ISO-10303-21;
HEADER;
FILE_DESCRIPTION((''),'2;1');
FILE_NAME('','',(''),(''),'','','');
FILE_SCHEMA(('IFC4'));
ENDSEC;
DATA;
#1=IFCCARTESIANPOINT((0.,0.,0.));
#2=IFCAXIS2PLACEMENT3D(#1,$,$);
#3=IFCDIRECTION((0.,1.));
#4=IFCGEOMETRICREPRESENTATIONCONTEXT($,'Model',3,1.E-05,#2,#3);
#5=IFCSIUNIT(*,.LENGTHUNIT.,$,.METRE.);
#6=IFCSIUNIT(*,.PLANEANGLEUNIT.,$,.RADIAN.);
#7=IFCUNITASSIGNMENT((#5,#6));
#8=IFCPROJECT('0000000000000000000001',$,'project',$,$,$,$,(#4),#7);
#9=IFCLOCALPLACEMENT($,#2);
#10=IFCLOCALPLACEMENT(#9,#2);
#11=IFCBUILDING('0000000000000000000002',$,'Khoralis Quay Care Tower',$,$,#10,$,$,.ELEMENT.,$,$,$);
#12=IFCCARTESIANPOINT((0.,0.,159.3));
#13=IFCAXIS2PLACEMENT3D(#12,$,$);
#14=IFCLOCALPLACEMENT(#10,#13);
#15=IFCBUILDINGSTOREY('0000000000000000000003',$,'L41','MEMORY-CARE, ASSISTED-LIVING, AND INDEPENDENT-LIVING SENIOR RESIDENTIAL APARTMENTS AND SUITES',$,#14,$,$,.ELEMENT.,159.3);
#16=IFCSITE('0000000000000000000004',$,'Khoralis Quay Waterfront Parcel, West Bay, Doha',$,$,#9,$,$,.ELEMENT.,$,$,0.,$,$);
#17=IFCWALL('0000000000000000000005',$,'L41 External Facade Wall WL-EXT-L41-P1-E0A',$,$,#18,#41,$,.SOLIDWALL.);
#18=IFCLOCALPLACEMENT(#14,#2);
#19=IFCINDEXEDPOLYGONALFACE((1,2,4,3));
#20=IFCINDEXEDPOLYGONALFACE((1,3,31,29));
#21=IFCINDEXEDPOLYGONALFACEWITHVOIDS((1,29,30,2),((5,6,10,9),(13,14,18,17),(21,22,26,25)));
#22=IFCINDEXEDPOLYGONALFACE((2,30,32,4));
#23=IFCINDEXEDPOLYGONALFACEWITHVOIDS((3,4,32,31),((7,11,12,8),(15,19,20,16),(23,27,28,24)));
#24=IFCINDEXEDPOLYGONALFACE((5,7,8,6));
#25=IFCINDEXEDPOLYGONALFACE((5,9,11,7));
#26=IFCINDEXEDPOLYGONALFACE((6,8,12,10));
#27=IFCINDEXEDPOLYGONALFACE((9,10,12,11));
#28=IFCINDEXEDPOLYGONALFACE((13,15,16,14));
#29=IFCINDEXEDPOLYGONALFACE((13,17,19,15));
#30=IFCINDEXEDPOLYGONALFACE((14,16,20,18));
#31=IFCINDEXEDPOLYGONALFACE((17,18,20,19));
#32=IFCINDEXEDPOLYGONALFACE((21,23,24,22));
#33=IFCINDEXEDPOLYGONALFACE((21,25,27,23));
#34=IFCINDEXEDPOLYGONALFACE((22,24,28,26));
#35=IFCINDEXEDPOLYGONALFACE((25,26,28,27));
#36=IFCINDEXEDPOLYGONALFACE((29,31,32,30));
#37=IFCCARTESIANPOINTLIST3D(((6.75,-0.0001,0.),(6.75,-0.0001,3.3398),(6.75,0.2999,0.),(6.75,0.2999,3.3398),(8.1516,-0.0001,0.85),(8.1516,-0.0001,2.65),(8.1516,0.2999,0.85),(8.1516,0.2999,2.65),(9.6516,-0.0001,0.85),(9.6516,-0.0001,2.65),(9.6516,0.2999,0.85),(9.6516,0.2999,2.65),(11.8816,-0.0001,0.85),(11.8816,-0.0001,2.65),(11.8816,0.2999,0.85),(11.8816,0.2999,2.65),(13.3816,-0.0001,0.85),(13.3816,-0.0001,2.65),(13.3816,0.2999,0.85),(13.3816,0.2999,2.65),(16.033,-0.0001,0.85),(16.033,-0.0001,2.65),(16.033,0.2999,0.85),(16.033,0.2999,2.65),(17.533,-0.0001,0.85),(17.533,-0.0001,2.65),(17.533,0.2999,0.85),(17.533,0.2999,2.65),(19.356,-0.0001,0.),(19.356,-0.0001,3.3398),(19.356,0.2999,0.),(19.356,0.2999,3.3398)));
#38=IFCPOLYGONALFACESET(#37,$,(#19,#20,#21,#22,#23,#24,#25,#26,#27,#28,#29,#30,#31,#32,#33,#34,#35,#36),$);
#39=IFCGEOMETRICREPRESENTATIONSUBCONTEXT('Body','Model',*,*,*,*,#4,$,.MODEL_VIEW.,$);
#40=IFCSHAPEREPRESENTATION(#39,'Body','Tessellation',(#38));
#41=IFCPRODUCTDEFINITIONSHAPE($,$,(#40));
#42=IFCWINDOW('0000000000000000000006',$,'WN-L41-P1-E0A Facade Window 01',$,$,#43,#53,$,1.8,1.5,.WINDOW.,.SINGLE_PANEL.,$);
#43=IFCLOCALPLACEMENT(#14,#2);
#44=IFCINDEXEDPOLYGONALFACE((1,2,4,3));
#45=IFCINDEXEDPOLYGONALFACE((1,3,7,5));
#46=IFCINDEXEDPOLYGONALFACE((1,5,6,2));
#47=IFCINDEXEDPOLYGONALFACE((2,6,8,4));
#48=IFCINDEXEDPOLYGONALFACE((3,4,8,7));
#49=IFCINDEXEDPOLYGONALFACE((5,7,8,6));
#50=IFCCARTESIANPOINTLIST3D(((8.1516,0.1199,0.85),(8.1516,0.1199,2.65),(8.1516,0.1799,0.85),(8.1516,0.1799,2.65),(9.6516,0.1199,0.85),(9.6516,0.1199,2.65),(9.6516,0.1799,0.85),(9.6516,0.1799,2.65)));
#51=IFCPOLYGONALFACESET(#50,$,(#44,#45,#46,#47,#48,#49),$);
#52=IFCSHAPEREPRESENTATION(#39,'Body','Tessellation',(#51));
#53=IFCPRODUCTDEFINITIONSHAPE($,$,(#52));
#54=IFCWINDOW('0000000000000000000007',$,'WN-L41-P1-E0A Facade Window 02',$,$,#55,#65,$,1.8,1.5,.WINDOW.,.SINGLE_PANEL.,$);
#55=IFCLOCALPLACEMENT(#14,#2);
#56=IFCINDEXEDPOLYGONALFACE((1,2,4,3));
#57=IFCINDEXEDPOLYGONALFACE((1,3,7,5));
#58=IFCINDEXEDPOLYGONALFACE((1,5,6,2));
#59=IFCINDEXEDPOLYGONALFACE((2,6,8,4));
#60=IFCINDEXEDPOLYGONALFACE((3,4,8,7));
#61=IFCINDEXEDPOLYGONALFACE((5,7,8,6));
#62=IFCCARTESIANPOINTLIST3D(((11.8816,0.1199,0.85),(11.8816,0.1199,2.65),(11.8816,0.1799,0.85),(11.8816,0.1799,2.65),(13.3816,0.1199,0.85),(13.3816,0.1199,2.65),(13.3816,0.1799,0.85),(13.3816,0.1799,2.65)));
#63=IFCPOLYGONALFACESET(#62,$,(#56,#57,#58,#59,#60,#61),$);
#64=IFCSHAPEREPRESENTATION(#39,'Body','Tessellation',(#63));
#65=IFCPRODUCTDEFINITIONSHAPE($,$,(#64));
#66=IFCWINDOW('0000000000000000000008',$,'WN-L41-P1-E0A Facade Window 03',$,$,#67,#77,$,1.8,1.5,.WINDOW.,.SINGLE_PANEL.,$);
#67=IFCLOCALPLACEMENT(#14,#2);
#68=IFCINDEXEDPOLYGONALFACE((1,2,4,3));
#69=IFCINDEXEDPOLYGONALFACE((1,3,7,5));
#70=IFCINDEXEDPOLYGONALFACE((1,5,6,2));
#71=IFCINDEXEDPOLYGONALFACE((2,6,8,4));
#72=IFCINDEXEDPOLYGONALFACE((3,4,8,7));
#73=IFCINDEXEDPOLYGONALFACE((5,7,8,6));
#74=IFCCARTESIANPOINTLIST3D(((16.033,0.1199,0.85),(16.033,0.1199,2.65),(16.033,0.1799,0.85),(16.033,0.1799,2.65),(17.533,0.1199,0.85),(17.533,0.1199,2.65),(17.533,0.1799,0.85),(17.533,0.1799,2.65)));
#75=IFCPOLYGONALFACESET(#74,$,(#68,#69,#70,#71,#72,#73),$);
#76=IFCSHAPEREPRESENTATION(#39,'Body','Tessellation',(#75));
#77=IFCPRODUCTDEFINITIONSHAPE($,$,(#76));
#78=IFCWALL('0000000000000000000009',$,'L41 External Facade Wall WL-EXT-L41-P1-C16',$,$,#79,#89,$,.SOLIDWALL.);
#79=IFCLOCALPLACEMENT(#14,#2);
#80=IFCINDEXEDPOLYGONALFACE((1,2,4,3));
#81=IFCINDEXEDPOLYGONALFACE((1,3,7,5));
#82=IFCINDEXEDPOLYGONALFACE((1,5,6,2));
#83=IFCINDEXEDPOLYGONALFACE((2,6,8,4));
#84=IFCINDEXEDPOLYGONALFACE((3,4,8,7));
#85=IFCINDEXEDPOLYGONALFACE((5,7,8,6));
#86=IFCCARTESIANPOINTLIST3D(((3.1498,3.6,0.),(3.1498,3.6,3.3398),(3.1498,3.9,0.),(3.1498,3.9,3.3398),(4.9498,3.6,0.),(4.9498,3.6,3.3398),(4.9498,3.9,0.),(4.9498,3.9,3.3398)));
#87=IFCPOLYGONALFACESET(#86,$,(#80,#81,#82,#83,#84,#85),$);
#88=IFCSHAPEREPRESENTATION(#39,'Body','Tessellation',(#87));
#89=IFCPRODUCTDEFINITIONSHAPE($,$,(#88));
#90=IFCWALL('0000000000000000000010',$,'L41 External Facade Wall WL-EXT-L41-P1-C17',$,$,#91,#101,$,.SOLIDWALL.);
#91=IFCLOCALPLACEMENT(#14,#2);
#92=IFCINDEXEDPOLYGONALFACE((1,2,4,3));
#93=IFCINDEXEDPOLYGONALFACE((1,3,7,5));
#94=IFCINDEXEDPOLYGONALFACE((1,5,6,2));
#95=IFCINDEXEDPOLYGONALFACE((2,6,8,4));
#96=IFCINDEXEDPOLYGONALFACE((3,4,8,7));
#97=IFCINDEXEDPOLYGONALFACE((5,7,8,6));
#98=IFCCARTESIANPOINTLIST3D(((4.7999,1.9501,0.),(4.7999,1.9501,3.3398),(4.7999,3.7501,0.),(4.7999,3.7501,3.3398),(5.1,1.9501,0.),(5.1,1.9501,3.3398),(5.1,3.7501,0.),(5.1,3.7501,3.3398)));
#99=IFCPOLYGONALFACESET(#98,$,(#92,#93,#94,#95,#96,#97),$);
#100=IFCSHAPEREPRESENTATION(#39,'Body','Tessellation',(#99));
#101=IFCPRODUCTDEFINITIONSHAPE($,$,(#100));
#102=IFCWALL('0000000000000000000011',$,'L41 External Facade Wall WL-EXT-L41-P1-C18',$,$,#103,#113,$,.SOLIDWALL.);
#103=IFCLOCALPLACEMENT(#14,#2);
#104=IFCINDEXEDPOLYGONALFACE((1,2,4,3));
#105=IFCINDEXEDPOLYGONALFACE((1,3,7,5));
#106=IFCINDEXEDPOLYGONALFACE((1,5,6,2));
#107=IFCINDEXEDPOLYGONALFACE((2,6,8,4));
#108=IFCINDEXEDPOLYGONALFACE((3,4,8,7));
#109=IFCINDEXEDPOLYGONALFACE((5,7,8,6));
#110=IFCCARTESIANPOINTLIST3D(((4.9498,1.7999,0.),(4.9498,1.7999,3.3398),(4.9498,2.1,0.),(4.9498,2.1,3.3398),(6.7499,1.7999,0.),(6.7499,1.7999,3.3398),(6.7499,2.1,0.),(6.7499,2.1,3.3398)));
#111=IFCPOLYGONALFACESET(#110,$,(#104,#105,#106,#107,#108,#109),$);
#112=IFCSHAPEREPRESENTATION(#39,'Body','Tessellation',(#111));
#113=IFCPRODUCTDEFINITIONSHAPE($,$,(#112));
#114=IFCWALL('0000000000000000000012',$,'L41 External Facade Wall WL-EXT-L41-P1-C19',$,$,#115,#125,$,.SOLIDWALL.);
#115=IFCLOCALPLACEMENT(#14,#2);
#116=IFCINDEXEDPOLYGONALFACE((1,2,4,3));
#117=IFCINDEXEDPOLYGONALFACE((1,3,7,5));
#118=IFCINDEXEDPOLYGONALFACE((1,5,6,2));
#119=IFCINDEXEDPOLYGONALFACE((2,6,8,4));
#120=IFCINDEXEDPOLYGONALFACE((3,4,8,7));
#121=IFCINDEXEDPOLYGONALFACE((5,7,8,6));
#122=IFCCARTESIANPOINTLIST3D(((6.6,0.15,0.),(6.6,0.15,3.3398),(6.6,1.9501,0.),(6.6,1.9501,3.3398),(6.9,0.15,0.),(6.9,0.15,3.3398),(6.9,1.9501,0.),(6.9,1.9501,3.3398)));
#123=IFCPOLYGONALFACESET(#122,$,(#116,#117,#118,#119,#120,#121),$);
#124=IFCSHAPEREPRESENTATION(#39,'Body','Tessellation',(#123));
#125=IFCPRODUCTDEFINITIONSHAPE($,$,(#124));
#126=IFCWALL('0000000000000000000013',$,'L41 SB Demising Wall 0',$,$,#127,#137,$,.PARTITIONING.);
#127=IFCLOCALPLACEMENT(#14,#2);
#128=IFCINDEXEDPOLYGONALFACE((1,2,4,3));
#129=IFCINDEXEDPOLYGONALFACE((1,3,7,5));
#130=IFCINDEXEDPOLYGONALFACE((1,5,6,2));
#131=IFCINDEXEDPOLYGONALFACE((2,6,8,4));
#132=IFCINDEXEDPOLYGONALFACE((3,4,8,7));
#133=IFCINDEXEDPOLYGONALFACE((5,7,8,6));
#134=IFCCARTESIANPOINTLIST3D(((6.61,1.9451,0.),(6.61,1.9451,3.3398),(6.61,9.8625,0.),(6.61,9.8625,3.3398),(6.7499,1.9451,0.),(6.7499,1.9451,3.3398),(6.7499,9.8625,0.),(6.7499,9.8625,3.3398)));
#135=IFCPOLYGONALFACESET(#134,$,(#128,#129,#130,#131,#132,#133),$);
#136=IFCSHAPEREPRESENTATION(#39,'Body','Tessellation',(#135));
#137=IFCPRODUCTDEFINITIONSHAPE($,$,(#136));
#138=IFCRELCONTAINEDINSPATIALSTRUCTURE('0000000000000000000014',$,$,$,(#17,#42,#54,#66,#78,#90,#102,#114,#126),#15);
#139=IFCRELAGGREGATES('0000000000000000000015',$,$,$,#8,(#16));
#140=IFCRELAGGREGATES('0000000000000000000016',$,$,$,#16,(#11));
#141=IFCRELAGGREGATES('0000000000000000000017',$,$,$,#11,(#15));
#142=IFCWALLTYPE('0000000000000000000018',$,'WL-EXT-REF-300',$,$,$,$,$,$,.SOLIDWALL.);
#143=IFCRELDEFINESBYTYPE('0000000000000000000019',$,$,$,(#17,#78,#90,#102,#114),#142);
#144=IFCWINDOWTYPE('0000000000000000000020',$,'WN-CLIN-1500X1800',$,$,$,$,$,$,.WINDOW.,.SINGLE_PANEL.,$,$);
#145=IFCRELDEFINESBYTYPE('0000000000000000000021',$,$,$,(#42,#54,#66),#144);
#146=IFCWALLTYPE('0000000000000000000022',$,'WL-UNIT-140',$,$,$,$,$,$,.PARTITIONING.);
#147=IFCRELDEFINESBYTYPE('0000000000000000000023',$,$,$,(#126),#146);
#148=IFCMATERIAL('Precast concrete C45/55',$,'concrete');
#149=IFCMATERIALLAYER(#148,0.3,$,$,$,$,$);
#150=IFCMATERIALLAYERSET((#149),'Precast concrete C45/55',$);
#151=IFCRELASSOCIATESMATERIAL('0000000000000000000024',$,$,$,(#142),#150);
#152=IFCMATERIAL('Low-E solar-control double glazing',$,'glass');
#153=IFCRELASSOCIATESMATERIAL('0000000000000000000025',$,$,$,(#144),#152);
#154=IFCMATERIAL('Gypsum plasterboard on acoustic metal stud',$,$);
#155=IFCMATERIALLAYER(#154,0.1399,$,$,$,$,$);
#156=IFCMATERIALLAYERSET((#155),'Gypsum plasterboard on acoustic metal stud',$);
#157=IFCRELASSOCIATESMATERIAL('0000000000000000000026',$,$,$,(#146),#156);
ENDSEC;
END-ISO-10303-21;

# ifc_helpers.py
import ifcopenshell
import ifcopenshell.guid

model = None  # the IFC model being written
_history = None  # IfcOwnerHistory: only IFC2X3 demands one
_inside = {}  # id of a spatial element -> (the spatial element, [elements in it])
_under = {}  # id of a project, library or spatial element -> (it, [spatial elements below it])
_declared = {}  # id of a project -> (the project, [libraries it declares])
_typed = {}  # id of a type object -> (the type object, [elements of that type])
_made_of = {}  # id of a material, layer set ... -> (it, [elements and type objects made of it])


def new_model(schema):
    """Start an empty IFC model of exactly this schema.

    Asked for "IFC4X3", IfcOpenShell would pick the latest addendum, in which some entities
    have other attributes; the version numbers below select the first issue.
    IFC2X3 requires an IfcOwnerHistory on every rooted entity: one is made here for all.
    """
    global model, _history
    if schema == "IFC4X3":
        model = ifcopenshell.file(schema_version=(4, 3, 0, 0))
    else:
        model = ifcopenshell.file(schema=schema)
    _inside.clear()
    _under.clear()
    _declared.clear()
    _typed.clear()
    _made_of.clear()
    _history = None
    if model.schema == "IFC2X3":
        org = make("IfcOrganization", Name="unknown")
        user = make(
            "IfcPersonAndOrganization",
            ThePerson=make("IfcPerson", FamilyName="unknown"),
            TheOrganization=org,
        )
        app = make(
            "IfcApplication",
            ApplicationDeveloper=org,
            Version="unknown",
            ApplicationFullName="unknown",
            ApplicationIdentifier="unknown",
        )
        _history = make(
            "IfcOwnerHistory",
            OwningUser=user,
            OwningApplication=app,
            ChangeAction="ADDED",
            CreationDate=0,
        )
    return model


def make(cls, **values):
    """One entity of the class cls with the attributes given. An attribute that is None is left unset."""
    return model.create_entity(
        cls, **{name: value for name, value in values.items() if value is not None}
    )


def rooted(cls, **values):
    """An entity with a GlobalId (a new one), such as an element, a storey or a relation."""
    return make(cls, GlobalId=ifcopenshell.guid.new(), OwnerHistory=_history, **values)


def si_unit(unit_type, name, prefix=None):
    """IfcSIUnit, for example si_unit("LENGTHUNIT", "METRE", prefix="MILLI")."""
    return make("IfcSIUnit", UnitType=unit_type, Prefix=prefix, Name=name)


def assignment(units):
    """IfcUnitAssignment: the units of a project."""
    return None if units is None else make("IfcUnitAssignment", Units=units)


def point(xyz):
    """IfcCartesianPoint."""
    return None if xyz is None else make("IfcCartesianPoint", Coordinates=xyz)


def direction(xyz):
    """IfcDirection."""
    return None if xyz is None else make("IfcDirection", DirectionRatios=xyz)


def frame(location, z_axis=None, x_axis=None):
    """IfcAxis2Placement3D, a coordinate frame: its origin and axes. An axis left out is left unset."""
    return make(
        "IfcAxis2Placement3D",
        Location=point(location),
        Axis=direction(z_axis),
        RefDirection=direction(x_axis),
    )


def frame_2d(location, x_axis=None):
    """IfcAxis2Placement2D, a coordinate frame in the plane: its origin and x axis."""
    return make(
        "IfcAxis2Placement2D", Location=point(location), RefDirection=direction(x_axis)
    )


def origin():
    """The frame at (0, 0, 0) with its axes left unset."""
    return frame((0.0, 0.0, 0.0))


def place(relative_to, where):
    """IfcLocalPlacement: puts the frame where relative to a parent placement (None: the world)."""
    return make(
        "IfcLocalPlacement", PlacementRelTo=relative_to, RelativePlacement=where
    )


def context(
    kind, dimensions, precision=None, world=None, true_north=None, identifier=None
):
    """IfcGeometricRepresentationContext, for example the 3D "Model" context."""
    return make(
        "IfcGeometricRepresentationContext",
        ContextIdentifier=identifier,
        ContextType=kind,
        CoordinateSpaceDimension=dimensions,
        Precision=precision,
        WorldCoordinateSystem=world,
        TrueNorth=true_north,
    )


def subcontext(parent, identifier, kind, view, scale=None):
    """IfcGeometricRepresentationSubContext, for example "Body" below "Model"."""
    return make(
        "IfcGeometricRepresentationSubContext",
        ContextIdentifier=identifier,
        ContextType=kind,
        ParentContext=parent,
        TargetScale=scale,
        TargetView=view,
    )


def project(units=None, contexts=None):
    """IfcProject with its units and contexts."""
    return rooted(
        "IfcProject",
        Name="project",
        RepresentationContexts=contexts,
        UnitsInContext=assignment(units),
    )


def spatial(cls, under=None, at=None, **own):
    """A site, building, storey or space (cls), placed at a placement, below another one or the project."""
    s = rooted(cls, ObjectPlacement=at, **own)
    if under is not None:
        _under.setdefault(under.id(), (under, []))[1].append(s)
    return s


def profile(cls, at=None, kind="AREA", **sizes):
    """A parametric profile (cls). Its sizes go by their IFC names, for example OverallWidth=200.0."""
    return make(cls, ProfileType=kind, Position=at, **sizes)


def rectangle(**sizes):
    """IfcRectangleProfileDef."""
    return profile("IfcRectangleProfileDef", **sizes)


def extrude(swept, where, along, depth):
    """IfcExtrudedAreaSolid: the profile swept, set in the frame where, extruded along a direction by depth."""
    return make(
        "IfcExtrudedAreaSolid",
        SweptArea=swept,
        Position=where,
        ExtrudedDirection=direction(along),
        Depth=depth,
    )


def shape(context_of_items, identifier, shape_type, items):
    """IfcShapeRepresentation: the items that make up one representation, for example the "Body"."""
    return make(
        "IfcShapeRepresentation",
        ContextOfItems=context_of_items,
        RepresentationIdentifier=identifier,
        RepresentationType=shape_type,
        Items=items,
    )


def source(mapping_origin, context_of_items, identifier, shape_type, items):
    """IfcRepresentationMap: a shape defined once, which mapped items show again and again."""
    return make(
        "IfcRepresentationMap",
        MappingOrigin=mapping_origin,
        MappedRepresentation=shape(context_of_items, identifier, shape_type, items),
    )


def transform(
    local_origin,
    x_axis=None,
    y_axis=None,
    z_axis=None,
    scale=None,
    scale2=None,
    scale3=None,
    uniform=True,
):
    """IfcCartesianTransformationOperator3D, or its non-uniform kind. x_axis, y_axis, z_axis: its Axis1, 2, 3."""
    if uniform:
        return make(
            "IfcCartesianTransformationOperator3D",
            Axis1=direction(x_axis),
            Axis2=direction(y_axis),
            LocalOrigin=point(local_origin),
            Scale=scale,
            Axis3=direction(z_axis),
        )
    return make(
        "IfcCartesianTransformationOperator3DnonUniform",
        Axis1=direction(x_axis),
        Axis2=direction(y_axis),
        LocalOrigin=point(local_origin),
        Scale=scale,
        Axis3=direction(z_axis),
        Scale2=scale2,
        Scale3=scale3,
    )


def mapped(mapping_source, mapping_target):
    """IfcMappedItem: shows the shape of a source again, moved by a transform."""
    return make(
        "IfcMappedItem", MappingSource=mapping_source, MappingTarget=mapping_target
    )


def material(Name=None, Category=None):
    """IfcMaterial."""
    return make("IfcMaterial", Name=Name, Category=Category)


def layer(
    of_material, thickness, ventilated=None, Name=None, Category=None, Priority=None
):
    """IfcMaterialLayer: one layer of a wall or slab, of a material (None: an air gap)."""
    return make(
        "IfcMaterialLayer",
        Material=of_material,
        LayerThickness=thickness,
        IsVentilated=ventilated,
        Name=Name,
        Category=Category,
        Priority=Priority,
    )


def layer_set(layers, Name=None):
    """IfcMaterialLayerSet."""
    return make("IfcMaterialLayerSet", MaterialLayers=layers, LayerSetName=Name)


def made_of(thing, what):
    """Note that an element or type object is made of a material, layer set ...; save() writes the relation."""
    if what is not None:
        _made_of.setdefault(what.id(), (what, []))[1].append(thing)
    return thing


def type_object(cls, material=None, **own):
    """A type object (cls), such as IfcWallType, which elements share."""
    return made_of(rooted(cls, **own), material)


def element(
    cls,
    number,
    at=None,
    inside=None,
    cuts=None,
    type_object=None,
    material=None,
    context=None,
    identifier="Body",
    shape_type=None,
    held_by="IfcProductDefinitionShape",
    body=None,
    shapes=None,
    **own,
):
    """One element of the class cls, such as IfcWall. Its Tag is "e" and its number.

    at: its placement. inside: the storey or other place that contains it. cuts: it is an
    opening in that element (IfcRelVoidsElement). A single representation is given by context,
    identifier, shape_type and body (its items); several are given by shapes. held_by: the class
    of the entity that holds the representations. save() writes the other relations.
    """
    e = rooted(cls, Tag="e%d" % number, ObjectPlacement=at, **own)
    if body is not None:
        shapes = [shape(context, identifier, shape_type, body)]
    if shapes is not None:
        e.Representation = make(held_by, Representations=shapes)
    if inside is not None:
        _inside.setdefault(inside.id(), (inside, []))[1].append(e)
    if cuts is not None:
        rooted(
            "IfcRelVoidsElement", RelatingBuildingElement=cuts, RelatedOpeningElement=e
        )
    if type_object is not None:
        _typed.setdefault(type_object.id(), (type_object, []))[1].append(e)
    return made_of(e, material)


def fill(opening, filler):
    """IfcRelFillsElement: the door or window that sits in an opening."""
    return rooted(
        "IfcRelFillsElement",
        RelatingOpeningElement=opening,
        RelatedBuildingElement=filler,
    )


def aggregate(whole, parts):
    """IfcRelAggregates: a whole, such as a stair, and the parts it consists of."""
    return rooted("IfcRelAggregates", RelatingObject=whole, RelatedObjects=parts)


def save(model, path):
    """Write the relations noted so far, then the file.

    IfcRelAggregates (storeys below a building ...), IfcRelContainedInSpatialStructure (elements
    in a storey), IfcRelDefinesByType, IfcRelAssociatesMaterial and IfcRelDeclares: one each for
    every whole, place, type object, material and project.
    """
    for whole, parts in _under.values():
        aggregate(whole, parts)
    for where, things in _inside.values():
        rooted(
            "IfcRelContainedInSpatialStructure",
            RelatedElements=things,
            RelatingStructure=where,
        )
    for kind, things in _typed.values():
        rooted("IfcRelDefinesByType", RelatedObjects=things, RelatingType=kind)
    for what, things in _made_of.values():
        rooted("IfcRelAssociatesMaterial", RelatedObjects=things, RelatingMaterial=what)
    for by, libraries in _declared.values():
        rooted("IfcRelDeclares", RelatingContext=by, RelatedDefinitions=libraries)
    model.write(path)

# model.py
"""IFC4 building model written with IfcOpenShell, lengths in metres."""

from ifc_helpers import new_model, si_unit, direction, frame, frame_2d, origin, place, context, subcontext, project, spatial, rectangle, extrude, source, transform, mapped, material, layer, layer_set, type_object, element, fill, save


model = new_model("IFC4")

# Units and contexts
model_context = context("Model", 3, precision=1e-05, world=origin(), true_north=direction((0.0, 1.0)))
body_context = subcontext(model_context, "Body", "Model", "MODEL_VIEW")
ifc_project = project(units=[si_unit("LENGTHUNIT", "METRE"), si_unit("PLANEANGLEUNIT", "RADIAN")], contexts=[model_context])

# Site, building, storey
site_placement = place(None, origin())
site = spatial("IfcSite", under=ifc_project, at=site_placement, Name="Khoralis Quay Waterfront Parcel, West Bay, Doha", CompositionType="ELEMENT", RefElevation=0.0)
building_placement = place(site_placement, origin())
building = spatial("IfcBuilding", under=site, at=building_placement, Name="Khoralis Quay Care Tower", CompositionType="ELEMENT")
storey_placement = place(building_placement, frame((0.0, 0.0, 159.3)))
storey = spatial("IfcBuildingStorey", under=building, at=storey_placement, Name="L41", Description="MEMORY-CARE, ASSISTED-LIVING, AND INDEPENDENT-LIVING SENIOR RESIDENTIAL APARTMENTS AND SUITES", CompositionType="ELEMENT", Elevation=159.3)

# Shared definitions
ifc_material_1 = material(Name="Precast concrete C45/55", Category="concrete")

# Wall, openings, windows
ifc_layer_1 = layer(ifc_material_1, 0.3)
ifc_layer_set_1 = layer_set([ifc_layer_1], Name="Precast concrete C45/55")
wall_type_1 = type_object("IfcWallType", Name="WL-EXT-REF-300", PredefinedType="SOLIDWALL", material=ifc_layer_set_1)
wall_1_placement = place(storey_placement, frame((6.75, 0.1499, 0.0), z_axis=(0.0, 0.0, 1.0), x_axis=(1.0, 0.0, 0.0)))
wall_1 = element("IfcWall", 1, at=wall_1_placement, inside=storey, type_object=wall_type_1, Name="L41 External Facade Wall WL-EXT-L41-P1-E0A", PredefinedType="SOLIDWALL", context=body_context, shape_type="SweptSolid", body=[
    extrude(rectangle(XDim=12.606, YDim=0.3, at=frame_2d((6.303, 0.0))), origin(), (0.0, 0.0, 1.0), 3.3398),
])
opening_1_placement = place(wall_1_placement, frame((1.4016, 0.0, 0.8501)))
opening_1 = element("IfcOpeningElement", 2, at=opening_1_placement, cuts=wall_1, PredefinedType="OPENING", context=body_context, shape_type="SweptSolid", body=[
    extrude(rectangle(XDim=1.5, YDim=1.8, at=frame_2d((0.75, 0.8999))), frame((0.0, 0.1602, 0.0), z_axis=(0.0, -1.0, 0.0), x_axis=(1.0, 0.0, 0.0)), (0.0, 0.0, 1.0), 0.3201),
])
opening_2_placement = place(wall_1_placement, frame((5.1316, 0.0, 0.8501)))
opening_2 = element("IfcOpeningElement", 3, at=opening_2_placement, cuts=wall_1, PredefinedType="OPENING", context=body_context, shape_type="SweptSolid", body=[
    extrude(rectangle(XDim=1.5, YDim=1.8, at=frame_2d((0.75, 0.8999))), frame((0.0, 0.1602, 0.0), z_axis=(0.0, -1.0, 0.0), x_axis=(1.0, 0.0, 0.0)), (0.0, 0.0, 1.0), 0.3201),
])
opening_3_placement = place(wall_1_placement, frame((9.283, 0.0, 0.8501)))
opening_3 = element("IfcOpeningElement", 4, at=opening_3_placement, cuts=wall_1, PredefinedType="OPENING", context=body_context, shape_type="SweptSolid", body=[
    extrude(rectangle(XDim=1.5, YDim=1.8, at=frame_2d((0.75, 0.8999))), frame((0.0, 0.1602, 0.0), z_axis=(0.0, -1.0, 0.0), x_axis=(1.0, 0.0, 0.0)), (0.0, 0.0, 1.0), 0.3201),
])
ifc_material_2 = material(Name="Low-E solar-control double glazing", Category="glass")
window_type = type_object("IfcWindowType", Name="WN-CLIN-1500X1800", PartitioningType="SINGLE_PANEL", PredefinedType="WINDOW", material=ifc_material_2)
shared_shape_1 = source(origin(), body_context, "Body", "SweptSolid", [
    extrude(rectangle(XDim=1.5, YDim=1.8, at=frame_2d((0.75, 0.8999))), frame((0.0, 0.03, 0.0), z_axis=(0.0, -1.0, 0.0), x_axis=(1.0, 0.0, 0.0)), (0.0, 0.0, 1.0), 0.0601),
])
window_1_placement = place(opening_1_placement, origin())
window_1 = element("IfcWindow", 5, at=window_1_placement, inside=storey, type_object=window_type, Name="WN-L41-P1-E0A Facade Window 01", OverallHeight=1.8, OverallWidth=1.5, PartitioningType="SINGLE_PANEL", PredefinedType="WINDOW", context=body_context, shape_type="MappedRepresentation", body=[
    mapped(shared_shape_1, transform((0.0, 0.0, 0.0), scale=1.0)),
])
fill(opening_1, window_1)
window_2_placement = place(opening_2_placement, origin())
window_2 = element("IfcWindow", 6, at=window_2_placement, inside=storey, type_object=window_type, Name="WN-L41-P1-E0A Facade Window 02", OverallHeight=1.8, OverallWidth=1.5, PartitioningType="SINGLE_PANEL", PredefinedType="WINDOW", context=body_context, shape_type="MappedRepresentation", body=[
    mapped(shared_shape_1, transform((0.0, 0.0, 0.0), scale=1.0)),
])
fill(opening_2, window_2)
window_3_placement = place(opening_3_placement, origin())
window_3 = element("IfcWindow", 7, at=window_3_placement, inside=storey, type_object=window_type, Name="WN-L41-P1-E0A Facade Window 03", OverallHeight=1.8, OverallWidth=1.5, PartitioningType="SINGLE_PANEL", PredefinedType="WINDOW", context=body_context, shape_type="MappedRepresentation", body=[
    mapped(shared_shape_1, transform((0.0, 0.0, 0.0), scale=1.0)),
])
fill(opening_3, window_3)

# Walls
for number, where, z_axis, x_axis, name in (
    (8, (3.1499, 3.75, 0.0), (0.0, 0.0, 1.0), (1.0, 0.0, 0.0), "L41 External Facade Wall WL-EXT-L41-P1-C16"),
    (9, (4.95, 3.75, 0.0), (0.0, 0.0, 1.0), (0.0, -1.0, 0.0), "L41 External Facade Wall WL-EXT-L41-P1-C17"),
    (10, (4.95, 1.95, 0.0), (0.0, 0.0, 1.0), (1.0, 0.0, 0.0), "L41 External Facade Wall WL-EXT-L41-P1-C18"),
    (11, (6.75, 1.95, 0.0), (0.0, 0.0, 1.0), (0.0, -1.0, 0.0), "L41 External Facade Wall WL-EXT-L41-P1-C19"),
):
    element("IfcWall", number, at=place(storey_placement, frame(where, z_axis=z_axis, x_axis=x_axis)), inside=storey, type_object=wall_type_1, Name=name, PredefinedType="SOLIDWALL", context=body_context, shape_type="SweptSolid", body=[
        extrude(rectangle(XDim=1.8, YDim=0.3, at=frame_2d((0.8999, 0.0))), origin(), (0.0, 0.0, 1.0), 3.3398),
    ])
ifc_material_3 = material(Name="Gypsum plasterboard on acoustic metal stud")
ifc_layer_2 = layer(ifc_material_3, 0.1399)
ifc_layer_set_2 = layer_set([ifc_layer_2], Name="Gypsum plasterboard on acoustic metal stud")
wall_type_2 = type_object("IfcWallType", Name="WL-UNIT-140", PredefinedType="PARTITIONING", material=ifc_layer_set_2)
wall_2_placement = place(storey_placement, frame((6.6799, 1.9451, 0.0), z_axis=(0.0, 0.0, 1.0), x_axis=(0.0, 1.0, 0.0)))
element("IfcWall", 12, at=wall_2_placement, inside=storey, type_object=wall_type_2, Name="L41 SB Demising Wall 0", PredefinedType="PARTITIONING", context=body_context, shape_type="SweptSolid", body=[
    extrude(rectangle(XDim=7.9175, YDim=0.1399, at=frame_2d((3.9587, 0.0))), origin(), (0.0, 0.0, 1.0), 3.3398),
])

save(model, "model.ifc")
